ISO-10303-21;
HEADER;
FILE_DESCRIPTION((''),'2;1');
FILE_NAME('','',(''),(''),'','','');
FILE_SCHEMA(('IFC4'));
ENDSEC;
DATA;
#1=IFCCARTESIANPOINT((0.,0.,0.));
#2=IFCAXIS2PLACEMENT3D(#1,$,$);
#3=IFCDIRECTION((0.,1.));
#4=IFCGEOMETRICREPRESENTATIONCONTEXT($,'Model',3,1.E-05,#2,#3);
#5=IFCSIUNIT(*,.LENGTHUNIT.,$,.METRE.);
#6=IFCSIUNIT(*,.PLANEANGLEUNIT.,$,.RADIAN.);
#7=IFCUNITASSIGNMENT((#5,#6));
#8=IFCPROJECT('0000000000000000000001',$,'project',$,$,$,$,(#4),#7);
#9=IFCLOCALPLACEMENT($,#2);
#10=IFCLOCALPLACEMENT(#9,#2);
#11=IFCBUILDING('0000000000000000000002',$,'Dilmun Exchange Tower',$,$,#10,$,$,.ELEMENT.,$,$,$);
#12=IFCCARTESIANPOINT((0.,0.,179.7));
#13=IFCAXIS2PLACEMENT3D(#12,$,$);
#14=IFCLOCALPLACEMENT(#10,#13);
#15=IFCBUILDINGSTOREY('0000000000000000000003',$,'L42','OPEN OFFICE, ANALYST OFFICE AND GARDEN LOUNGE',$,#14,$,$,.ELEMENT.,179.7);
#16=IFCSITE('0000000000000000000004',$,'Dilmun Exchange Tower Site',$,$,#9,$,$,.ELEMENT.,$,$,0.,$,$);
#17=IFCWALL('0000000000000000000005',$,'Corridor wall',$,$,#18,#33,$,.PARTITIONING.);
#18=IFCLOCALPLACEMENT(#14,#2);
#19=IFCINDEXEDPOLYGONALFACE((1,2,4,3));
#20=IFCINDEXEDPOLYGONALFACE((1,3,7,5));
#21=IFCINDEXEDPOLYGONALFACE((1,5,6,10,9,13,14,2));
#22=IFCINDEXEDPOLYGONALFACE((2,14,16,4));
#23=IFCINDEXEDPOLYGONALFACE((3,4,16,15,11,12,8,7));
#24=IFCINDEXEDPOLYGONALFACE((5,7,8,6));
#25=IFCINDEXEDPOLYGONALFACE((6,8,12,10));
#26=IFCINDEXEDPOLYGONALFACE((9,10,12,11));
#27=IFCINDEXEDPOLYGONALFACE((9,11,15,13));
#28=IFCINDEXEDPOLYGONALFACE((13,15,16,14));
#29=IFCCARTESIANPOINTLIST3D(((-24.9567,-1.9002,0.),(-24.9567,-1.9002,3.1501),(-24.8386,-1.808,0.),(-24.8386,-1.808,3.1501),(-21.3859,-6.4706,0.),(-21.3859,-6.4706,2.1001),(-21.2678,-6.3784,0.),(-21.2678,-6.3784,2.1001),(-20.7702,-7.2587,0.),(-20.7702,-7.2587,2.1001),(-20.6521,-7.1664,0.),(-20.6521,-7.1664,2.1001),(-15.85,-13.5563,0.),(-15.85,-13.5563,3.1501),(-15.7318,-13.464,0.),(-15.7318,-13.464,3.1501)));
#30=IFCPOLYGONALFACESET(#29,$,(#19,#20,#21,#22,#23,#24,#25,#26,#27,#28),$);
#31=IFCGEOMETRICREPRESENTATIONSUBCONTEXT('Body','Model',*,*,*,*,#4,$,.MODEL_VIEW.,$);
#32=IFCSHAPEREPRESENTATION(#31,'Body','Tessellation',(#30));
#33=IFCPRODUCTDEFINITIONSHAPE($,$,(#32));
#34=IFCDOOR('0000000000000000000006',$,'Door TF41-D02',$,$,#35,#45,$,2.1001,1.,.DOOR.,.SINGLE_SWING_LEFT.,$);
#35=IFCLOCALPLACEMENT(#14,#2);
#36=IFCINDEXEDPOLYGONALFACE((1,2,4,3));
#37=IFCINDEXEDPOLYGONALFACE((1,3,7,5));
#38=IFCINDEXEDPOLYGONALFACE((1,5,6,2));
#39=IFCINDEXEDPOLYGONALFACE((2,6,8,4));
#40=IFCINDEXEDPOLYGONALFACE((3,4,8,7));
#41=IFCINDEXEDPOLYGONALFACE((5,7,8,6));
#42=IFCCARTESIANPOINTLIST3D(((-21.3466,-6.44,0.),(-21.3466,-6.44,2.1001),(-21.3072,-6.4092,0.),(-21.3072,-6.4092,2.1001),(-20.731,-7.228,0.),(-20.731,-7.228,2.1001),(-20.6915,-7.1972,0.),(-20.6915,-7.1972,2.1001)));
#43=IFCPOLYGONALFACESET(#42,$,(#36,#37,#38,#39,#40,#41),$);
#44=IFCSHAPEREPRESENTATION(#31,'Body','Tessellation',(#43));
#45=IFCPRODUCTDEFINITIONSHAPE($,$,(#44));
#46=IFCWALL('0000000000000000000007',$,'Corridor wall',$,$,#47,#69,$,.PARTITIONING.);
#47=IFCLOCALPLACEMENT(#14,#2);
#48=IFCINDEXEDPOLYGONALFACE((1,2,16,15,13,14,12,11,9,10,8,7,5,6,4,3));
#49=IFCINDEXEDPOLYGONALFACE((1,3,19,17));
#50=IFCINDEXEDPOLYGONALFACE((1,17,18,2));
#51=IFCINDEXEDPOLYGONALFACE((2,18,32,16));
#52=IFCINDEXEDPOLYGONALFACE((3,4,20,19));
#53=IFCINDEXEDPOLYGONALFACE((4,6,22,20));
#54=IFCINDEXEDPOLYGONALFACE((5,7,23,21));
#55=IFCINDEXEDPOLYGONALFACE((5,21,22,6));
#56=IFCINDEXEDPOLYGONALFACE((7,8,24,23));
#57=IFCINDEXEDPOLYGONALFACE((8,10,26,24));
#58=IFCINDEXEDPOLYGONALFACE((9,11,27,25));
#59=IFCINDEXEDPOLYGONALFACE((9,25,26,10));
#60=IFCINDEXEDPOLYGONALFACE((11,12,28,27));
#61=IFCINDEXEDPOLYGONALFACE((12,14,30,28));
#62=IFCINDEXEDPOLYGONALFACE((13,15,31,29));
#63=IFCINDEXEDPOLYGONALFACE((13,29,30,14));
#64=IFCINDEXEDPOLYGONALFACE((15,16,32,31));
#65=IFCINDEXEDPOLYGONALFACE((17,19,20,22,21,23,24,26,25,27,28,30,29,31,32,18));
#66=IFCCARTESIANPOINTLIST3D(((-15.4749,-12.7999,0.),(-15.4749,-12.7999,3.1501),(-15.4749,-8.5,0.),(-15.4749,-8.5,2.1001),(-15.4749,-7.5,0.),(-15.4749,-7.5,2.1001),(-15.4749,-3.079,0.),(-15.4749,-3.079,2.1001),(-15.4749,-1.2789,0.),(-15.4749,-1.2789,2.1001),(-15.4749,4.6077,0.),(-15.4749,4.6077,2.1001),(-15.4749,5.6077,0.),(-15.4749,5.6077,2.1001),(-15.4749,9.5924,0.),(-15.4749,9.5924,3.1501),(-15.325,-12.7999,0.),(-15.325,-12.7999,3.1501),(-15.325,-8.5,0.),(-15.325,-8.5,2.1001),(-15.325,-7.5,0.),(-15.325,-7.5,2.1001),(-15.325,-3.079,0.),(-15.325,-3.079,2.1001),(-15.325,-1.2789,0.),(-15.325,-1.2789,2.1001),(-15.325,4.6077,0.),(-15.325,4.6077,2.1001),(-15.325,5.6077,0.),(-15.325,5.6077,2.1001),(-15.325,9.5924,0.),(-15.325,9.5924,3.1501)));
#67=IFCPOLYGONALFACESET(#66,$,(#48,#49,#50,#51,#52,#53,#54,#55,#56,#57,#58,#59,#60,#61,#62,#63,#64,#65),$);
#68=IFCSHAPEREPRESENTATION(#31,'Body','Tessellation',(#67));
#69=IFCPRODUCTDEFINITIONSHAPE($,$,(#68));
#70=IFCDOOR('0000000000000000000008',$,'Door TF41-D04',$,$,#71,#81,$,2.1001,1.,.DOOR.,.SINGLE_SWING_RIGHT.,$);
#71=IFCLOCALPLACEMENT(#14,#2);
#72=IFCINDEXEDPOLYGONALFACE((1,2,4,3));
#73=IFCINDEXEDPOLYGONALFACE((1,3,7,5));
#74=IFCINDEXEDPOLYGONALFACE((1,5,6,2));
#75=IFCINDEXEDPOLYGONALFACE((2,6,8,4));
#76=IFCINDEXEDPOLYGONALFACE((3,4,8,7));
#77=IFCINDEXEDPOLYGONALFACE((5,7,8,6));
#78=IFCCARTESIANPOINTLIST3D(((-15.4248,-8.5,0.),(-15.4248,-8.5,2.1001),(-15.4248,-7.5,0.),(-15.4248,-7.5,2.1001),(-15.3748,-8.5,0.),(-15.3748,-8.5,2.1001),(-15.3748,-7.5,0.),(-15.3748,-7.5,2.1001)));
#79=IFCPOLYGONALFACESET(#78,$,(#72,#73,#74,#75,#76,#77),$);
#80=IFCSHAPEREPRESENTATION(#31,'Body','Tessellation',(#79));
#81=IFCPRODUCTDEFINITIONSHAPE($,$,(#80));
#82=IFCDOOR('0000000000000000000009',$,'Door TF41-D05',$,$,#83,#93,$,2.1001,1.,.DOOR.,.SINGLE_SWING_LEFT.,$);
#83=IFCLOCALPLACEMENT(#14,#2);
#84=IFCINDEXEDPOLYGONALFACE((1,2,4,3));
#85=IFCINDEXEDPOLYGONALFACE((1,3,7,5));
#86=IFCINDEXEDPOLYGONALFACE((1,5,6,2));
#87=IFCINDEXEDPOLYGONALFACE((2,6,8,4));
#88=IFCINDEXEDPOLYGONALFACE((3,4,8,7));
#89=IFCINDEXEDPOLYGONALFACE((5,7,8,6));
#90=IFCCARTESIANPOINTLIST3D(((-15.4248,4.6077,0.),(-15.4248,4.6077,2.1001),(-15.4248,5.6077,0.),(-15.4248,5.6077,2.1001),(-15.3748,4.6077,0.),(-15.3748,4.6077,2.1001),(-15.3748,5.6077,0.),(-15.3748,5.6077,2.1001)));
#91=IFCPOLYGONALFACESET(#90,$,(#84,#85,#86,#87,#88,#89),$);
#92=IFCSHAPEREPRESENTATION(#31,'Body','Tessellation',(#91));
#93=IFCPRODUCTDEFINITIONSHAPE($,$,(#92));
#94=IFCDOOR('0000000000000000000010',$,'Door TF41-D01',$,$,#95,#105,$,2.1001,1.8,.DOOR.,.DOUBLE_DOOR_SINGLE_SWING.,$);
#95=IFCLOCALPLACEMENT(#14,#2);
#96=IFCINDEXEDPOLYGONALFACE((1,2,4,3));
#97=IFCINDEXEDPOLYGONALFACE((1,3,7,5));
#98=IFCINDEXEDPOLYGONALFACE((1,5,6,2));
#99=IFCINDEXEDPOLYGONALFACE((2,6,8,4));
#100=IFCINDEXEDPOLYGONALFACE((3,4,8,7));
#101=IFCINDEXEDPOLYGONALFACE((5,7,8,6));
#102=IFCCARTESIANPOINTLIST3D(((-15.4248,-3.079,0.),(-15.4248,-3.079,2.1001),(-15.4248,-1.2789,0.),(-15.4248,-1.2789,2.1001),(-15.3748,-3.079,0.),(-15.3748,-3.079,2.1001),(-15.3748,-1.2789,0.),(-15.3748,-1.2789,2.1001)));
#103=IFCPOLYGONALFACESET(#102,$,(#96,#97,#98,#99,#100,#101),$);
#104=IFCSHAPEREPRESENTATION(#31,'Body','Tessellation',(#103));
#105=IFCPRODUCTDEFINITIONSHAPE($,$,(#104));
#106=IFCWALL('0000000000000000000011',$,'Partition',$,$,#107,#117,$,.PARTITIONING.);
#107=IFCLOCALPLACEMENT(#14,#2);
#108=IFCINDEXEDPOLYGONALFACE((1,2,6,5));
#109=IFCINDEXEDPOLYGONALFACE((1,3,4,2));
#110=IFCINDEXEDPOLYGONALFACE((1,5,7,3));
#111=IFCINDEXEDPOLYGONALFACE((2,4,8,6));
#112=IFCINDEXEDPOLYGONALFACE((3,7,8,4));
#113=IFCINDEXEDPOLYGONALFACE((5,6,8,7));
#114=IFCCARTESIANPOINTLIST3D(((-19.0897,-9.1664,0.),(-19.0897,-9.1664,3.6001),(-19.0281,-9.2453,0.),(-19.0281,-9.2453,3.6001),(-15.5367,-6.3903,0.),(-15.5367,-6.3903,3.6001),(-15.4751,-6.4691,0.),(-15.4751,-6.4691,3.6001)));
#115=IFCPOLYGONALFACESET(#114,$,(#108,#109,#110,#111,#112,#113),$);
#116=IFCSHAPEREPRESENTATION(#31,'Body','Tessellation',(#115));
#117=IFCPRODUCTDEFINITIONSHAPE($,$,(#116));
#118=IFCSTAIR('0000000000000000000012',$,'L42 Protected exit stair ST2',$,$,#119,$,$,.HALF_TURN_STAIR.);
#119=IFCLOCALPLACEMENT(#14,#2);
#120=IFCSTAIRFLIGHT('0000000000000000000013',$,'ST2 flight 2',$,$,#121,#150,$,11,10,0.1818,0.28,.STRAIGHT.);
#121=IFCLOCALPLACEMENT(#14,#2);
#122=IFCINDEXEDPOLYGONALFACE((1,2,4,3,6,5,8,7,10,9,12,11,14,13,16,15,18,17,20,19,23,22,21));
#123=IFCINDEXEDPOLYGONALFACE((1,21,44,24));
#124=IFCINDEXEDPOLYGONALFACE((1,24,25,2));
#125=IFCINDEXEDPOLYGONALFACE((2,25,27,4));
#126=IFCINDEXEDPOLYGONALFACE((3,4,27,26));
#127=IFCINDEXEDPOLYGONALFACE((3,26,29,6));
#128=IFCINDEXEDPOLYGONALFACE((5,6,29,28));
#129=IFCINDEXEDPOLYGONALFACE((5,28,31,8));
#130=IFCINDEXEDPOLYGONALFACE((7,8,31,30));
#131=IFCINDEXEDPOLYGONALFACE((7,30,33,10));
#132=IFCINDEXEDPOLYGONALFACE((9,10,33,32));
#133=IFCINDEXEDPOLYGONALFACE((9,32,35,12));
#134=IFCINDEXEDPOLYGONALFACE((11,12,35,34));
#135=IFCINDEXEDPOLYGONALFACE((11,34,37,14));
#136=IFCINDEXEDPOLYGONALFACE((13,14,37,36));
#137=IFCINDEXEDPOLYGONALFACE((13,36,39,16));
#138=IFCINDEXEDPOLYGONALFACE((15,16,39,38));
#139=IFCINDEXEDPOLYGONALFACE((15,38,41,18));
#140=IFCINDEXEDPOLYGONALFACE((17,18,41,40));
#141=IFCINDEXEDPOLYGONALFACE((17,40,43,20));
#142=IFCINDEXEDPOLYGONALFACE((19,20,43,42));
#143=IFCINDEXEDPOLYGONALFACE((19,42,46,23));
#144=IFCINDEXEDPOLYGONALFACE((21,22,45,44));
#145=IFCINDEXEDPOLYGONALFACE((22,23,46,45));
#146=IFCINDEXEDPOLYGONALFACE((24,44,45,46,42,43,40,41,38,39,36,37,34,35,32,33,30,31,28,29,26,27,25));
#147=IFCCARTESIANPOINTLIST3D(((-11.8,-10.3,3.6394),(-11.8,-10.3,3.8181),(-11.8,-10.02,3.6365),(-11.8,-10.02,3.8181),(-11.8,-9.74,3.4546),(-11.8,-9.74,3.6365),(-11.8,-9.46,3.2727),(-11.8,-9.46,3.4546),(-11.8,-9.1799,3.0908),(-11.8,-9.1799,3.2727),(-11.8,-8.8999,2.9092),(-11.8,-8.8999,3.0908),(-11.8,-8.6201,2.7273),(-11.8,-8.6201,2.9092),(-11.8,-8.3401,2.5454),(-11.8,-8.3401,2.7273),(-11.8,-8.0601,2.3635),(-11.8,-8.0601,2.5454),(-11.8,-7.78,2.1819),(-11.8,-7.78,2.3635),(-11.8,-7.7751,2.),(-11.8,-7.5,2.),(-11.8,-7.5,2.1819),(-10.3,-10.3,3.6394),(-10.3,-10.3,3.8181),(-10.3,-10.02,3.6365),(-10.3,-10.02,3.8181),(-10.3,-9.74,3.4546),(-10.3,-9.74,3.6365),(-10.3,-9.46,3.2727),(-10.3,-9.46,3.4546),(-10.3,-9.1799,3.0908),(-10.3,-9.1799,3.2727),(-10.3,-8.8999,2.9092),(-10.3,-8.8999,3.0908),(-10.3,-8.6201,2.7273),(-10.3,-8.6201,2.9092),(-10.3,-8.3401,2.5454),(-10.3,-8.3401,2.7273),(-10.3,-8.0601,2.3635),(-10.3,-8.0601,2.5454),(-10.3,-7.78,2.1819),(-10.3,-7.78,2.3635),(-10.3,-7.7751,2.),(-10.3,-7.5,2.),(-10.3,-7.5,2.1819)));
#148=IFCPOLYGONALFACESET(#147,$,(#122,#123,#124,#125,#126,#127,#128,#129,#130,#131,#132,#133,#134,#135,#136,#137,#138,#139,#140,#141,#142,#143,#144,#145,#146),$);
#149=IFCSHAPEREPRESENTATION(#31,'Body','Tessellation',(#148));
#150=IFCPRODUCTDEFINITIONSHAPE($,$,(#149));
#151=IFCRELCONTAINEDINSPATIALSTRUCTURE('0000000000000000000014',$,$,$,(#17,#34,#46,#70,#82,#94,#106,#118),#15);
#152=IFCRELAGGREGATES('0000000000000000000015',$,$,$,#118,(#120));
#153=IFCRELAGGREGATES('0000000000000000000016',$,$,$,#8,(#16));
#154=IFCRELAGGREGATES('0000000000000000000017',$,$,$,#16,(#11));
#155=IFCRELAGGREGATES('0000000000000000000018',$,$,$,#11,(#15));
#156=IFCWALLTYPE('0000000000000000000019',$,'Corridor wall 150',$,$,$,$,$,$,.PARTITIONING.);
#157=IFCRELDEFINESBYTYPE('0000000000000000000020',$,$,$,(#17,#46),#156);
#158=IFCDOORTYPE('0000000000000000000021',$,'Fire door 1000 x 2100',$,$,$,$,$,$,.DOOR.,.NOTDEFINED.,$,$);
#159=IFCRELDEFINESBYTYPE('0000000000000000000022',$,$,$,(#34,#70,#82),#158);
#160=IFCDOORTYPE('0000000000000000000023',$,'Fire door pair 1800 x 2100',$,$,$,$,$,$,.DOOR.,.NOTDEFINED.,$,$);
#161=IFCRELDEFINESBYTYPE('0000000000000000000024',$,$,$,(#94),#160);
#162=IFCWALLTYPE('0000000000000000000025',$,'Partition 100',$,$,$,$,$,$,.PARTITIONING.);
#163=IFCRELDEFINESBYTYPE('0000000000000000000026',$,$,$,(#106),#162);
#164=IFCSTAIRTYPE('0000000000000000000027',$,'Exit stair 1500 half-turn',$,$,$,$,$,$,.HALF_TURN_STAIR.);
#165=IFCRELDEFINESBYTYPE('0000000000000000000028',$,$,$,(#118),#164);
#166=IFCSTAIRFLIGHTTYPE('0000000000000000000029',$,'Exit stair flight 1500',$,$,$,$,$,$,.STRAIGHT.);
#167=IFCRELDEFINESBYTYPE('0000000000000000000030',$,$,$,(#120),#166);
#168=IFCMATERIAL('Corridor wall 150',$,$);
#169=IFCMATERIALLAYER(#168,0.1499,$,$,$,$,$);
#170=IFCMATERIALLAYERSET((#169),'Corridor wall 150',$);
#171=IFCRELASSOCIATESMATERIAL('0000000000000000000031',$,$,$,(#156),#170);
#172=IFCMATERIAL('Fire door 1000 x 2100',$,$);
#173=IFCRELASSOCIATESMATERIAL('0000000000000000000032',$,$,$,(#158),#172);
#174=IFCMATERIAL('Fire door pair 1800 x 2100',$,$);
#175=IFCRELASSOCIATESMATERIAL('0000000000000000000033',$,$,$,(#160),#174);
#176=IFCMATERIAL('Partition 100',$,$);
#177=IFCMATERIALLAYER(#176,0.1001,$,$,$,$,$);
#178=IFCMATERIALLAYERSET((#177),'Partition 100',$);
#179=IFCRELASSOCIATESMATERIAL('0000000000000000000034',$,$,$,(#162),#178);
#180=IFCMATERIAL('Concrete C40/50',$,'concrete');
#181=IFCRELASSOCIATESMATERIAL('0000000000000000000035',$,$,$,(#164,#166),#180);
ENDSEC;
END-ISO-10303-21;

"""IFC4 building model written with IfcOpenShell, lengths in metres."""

from ifc_helpers import new_model, si_unit, direction, frame, frame_2d, origin, place, context, subcontext, project, spatial, polyline, rectangle, outline, extrude, material, layer, layer_set, type_object, element, fill, aggregate, save


model = new_model("IFC4")

# Units and contexts
model_context = context("Model", 3, precision=1e-05, world=origin(), true_north=direction((0.0, 1.0)))
body_context = subcontext(model_context, "Body", "Model", "MODEL_VIEW")
ifc_project = project(units=[si_unit("LENGTHUNIT", "METRE"), si_unit("PLANEANGLEUNIT", "RADIAN")], contexts=[model_context])

# Site, building, storey
site_placement = place(None, origin())
site = spatial("IfcSite", under=ifc_project, at=site_placement, Name="Dilmun Exchange Tower Site", CompositionType="ELEMENT", RefElevation=0.0)
building_placement = place(site_placement, origin())
building = spatial("IfcBuilding", under=site, at=building_placement, Name="Dilmun Exchange Tower", CompositionType="ELEMENT")
storey_placement = place(building_placement, frame((0.0, 0.0, 179.7)))
storey = spatial("IfcBuildingStorey", under=building, at=storey_placement, Name="L42", Description="OPEN OFFICE, ANALYST OFFICE AND GARDEN LOUNGE", CompositionType="ELEMENT", Elevation=179.7)

# Shared definitions
ifc_material_1 = material(Name="Concrete C40/50", Category="concrete")

# Wall, opening, door
ifc_material_2 = material(Name="Corridor wall 150")
ifc_layer_1 = layer(ifc_material_2, 0.1499)
ifc_layer_set_1 = layer_set([ifc_layer_1], Name="Corridor wall 150")
wall_type_1 = type_object("IfcWallType", Name="Corridor wall 150", PredefinedType="PARTITIONING", material=ifc_layer_set_1)
wall_1_placement = place(storey_placement, frame((-24.8977, -1.854, 0.0), z_axis=(0.0, 0.0, 1.0), x_axis=(0.615662, -0.78801, 0.0)))
wall_1 = element("IfcWall", 1, at=wall_1_placement, inside=storey, type_object=wall_type_1, Name="Corridor wall", PredefinedType="PARTITIONING", context=body_context, shape_type="SweptSolid", body=[
    extrude(rectangle(XDim=14.7917, YDim=0.1499, at=frame_2d((7.396, 0.0))), origin(), (0.0, 0.0, 1.0), 3.1501),
])
opening_1_placement = place(wall_1_placement, frame((5.8, 0.0, 0.0)))
opening_1 = element("IfcOpeningElement", 2, at=opening_1_placement, cuts=wall_1, PredefinedType="OPENING", context=body_context, shape_type="SweptSolid", body=[
    extrude(rectangle(XDim=1.0, YDim=2.1001, at=frame_2d((0.5, 1.05))), frame((0.0, 0.085, 0.0), z_axis=(0.0, -1.0, 0.0), x_axis=(1.0, 0.0, 0.0)), (0.0, 0.0, 1.0), 0.1699),
])
ifc_material_3 = material(Name="Fire door 1000 x 2100")
door_type_1 = type_object("IfcDoorType", Name="Fire door 1000 x 2100", OperationType="NOTDEFINED", PredefinedType="DOOR", material=ifc_material_3)
door_1_placement = place(opening_1_placement, origin())
door_1 = element("IfcDoor", 3, at=door_1_placement, inside=storey, type_object=door_type_1, Name="Door TF41-D02", OperationType="SINGLE_SWING_LEFT", OverallHeight=2.1001, OverallWidth=1.0, PredefinedType="DOOR", context=body_context, shape_type="SweptSolid", body=[
    extrude(rectangle(XDim=1.0, YDim=2.1001, at=frame_2d((0.5, 1.05))), frame((0.0, 0.0249, 0.0), z_axis=(0.0, -1.0, 0.0), x_axis=(1.0, 0.0, 0.0)), (0.0, 0.0, 1.0), 0.05),
])
fill(opening_1, door_1)

# Wall, openings, doors
wall_2_placement = place(storey_placement, frame((-15.3999, -12.8, 0.0), z_axis=(0.0, 0.0, 1.0), x_axis=(0.0, 1.0, 0.0)))
wall_2 = element("IfcWall", 4, at=wall_2_placement, inside=storey, type_object=wall_type_1, Name="Corridor wall", PredefinedType="PARTITIONING", context=body_context, shape_type="SweptSolid", body=[
    extrude(rectangle(XDim=22.3923, YDim=0.1499, at=frame_2d((11.1963, 0.0))), origin(), (0.0, 0.0, 1.0), 3.1501),
])
opening_2_placement = place(wall_2_placement, frame((9.7212, 0.0, 0.0)))
opening_2 = element("IfcOpeningElement", 5, at=opening_2_placement, cuts=wall_2, PredefinedType="OPENING", context=body_context, shape_type="SweptSolid", body=[
    extrude(rectangle(XDim=1.8, YDim=2.1001, at=frame_2d((0.8999, 1.05))), frame((0.0, 0.085, 0.0), z_axis=(0.0, -1.0, 0.0), x_axis=(1.0, 0.0, 0.0)), (0.0, 0.0, 1.0), 0.1699),
])
opening_3_placement = place(wall_2_placement, frame((4.3, 0.0, 0.0)))
opening_3 = element("IfcOpeningElement", 6, at=opening_3_placement, cuts=wall_2, PredefinedType="OPENING", context=body_context, shape_type="SweptSolid", body=[
    extrude(rectangle(XDim=1.0, YDim=2.1001, at=frame_2d((0.5, 1.05))), frame((0.0, 0.085, 0.0), z_axis=(0.0, -1.0, 0.0), x_axis=(1.0, 0.0, 0.0)), (0.0, 0.0, 1.0), 0.1699),
])
opening_4_placement = place(wall_2_placement, frame((17.4077, 0.0, 0.0)))
opening_4 = element("IfcOpeningElement", 7, at=opening_4_placement, cuts=wall_2, PredefinedType="OPENING", context=body_context, shape_type="SweptSolid", body=[
    extrude(rectangle(XDim=1.0, YDim=2.1001, at=frame_2d((0.5, 1.05))), frame((0.0, 0.085, 0.0), z_axis=(0.0, -1.0, 0.0), x_axis=(1.0, 0.0, 0.0)), (0.0, 0.0, 1.0), 0.1699),
])
door_2_placement = place(opening_3_placement, origin())
door_2 = element("IfcDoor", 8, at=door_2_placement, inside=storey, type_object=door_type_1, Name="Door TF41-D04", OperationType="SINGLE_SWING_RIGHT", OverallHeight=2.1001, OverallWidth=1.0, PredefinedType="DOOR", context=body_context, shape_type="SweptSolid", body=[
    extrude(rectangle(XDim=1.0, YDim=2.1001, at=frame_2d((0.5, 1.05))), frame((0.0, 0.0249, 0.0), z_axis=(0.0, -1.0, 0.0), x_axis=(1.0, 0.0, 0.0)), (0.0, 0.0, 1.0), 0.05),
])
fill(opening_3, door_2)
door_3_placement = place(opening_4_placement, origin())
door_3 = element("IfcDoor", 9, at=door_3_placement, inside=storey, type_object=door_type_1, Name="Door TF41-D05", OperationType="SINGLE_SWING_LEFT", OverallHeight=2.1001, OverallWidth=1.0, PredefinedType="DOOR", context=body_context, shape_type="SweptSolid", body=[
    extrude(rectangle(XDim=1.0, YDim=2.1001, at=frame_2d((0.5, 1.05))), frame((0.0, 0.0249, 0.0), z_axis=(0.0, -1.0, 0.0), x_axis=(1.0, 0.0, 0.0)), (0.0, 0.0, 1.0), 0.05),
])
fill(opening_4, door_3)
ifc_material_4 = material(Name="Fire door pair 1800 x 2100")
door_type_2 = type_object("IfcDoorType", Name="Fire door pair 1800 x 2100", OperationType="NOTDEFINED", PredefinedType="DOOR", material=ifc_material_4)
door_4_placement = place(opening_2_placement, origin())
door_4 = element("IfcDoor", 10, at=door_4_placement, inside=storey, type_object=door_type_2, Name="Door TF41-D01", OperationType="DOUBLE_DOOR_SINGLE_SWING", OverallHeight=2.1001, OverallWidth=1.8, PredefinedType="DOOR", context=body_context, shape_type="SweptSolid", body=[
    extrude(rectangle(XDim=1.8, YDim=2.1001, at=frame_2d((0.8999, 1.05))), frame((0.0, 0.0249, 0.0), z_axis=(0.0, -1.0, 0.0), x_axis=(1.0, 0.0, 0.0)), (0.0, 0.0, 1.0), 0.05),
])
fill(opening_2, door_4)

# Wall
ifc_material_5 = material(Name="Partition 100")
ifc_layer_2 = layer(ifc_material_5, 0.1001)
ifc_layer_set_2 = layer_set([ifc_layer_2], Name="Partition 100")
wall_type_2 = type_object("IfcWallType", Name="Partition 100", PredefinedType="PARTITIONING", material=ifc_layer_set_2)
wall_3_placement = place(storey_placement, frame((-19.0588, -9.2058, 0.0), z_axis=(0.0, 0.0, 1.0), x_axis=(0.787986, 0.615693, 0.0)))
element("IfcWall", 11, at=wall_3_placement, inside=storey, type_object=wall_type_2, Name="Partition", PredefinedType="PARTITIONING", context=body_context, shape_type="SweptSolid", body=[
    extrude(rectangle(XDim=4.509, YDim=0.1001, at=frame_2d((2.2544, 0.0))), origin(), (0.0, 0.0, 1.0), 3.6001),
])

# Stair, stair flight
stair_type = type_object("IfcStairType", Name="Exit stair 1500 half-turn", PredefinedType="HALF_TURN_STAIR", material=ifc_material_1)
stair_placement = place(storey_placement, origin())
stair = element("IfcStair", 12, at=stair_placement, inside=storey, type_object=stair_type, Name="L42 Protected exit stair ST2", PredefinedType="HALF_TURN_STAIR")
stair_flight_type = type_object("IfcStairFlightType", Name="Exit stair flight 1500", PredefinedType="STRAIGHT", material=ifc_material_1)
stair_flight_placement = place(storey_placement, frame((-11.05, -7.5, 2.0), z_axis=(0.0, 0.0, 1.0), x_axis=(0.0, -1.0, 0.0)))
stair_flight = element("IfcStairFlight", 13, at=stair_flight_placement, type_object=stair_flight_type, Name="ST2 flight 2", NumberOfRisers=11, NumberOfTreads=10, PredefinedType="STRAIGHT", RiserHeight=0.1818, TreadLength=0.28, context=body_context, shape_type="SweptSolid", body=[
    extrude(outline(polyline([(0.0, 0.0), (0.0, 0.1819), (0.28, 0.1819), (0.28, 0.3635), (0.5601, 0.3635), (0.5601, 0.5454), (0.8401, 0.5454), (0.8401, 0.7273), (1.1201, 0.7273), (1.1201, 0.9092), (1.3999, 0.9092), (1.3999, 1.0908), (1.6799, 1.0908), (1.6799, 1.2727), (1.96, 1.2727), (1.96, 1.4546), (2.24, 1.4546), (2.24, 1.6365), (2.52, 1.6365), (2.52, 1.8181), (2.8, 1.8181), (2.8, 2.0), (2.8, 1.6394), (0.2751, 0.0), (0.0, 0.0)])), frame((0.0, 0.75, 0.0), z_axis=(0.0, -1.0, 0.0), x_axis=(1.0, 0.0, 0.0)), (0.0, 0.0, 1.0), 1.5),
])
aggregate(stair, [stair_flight])

save(model, "model.ifc")
